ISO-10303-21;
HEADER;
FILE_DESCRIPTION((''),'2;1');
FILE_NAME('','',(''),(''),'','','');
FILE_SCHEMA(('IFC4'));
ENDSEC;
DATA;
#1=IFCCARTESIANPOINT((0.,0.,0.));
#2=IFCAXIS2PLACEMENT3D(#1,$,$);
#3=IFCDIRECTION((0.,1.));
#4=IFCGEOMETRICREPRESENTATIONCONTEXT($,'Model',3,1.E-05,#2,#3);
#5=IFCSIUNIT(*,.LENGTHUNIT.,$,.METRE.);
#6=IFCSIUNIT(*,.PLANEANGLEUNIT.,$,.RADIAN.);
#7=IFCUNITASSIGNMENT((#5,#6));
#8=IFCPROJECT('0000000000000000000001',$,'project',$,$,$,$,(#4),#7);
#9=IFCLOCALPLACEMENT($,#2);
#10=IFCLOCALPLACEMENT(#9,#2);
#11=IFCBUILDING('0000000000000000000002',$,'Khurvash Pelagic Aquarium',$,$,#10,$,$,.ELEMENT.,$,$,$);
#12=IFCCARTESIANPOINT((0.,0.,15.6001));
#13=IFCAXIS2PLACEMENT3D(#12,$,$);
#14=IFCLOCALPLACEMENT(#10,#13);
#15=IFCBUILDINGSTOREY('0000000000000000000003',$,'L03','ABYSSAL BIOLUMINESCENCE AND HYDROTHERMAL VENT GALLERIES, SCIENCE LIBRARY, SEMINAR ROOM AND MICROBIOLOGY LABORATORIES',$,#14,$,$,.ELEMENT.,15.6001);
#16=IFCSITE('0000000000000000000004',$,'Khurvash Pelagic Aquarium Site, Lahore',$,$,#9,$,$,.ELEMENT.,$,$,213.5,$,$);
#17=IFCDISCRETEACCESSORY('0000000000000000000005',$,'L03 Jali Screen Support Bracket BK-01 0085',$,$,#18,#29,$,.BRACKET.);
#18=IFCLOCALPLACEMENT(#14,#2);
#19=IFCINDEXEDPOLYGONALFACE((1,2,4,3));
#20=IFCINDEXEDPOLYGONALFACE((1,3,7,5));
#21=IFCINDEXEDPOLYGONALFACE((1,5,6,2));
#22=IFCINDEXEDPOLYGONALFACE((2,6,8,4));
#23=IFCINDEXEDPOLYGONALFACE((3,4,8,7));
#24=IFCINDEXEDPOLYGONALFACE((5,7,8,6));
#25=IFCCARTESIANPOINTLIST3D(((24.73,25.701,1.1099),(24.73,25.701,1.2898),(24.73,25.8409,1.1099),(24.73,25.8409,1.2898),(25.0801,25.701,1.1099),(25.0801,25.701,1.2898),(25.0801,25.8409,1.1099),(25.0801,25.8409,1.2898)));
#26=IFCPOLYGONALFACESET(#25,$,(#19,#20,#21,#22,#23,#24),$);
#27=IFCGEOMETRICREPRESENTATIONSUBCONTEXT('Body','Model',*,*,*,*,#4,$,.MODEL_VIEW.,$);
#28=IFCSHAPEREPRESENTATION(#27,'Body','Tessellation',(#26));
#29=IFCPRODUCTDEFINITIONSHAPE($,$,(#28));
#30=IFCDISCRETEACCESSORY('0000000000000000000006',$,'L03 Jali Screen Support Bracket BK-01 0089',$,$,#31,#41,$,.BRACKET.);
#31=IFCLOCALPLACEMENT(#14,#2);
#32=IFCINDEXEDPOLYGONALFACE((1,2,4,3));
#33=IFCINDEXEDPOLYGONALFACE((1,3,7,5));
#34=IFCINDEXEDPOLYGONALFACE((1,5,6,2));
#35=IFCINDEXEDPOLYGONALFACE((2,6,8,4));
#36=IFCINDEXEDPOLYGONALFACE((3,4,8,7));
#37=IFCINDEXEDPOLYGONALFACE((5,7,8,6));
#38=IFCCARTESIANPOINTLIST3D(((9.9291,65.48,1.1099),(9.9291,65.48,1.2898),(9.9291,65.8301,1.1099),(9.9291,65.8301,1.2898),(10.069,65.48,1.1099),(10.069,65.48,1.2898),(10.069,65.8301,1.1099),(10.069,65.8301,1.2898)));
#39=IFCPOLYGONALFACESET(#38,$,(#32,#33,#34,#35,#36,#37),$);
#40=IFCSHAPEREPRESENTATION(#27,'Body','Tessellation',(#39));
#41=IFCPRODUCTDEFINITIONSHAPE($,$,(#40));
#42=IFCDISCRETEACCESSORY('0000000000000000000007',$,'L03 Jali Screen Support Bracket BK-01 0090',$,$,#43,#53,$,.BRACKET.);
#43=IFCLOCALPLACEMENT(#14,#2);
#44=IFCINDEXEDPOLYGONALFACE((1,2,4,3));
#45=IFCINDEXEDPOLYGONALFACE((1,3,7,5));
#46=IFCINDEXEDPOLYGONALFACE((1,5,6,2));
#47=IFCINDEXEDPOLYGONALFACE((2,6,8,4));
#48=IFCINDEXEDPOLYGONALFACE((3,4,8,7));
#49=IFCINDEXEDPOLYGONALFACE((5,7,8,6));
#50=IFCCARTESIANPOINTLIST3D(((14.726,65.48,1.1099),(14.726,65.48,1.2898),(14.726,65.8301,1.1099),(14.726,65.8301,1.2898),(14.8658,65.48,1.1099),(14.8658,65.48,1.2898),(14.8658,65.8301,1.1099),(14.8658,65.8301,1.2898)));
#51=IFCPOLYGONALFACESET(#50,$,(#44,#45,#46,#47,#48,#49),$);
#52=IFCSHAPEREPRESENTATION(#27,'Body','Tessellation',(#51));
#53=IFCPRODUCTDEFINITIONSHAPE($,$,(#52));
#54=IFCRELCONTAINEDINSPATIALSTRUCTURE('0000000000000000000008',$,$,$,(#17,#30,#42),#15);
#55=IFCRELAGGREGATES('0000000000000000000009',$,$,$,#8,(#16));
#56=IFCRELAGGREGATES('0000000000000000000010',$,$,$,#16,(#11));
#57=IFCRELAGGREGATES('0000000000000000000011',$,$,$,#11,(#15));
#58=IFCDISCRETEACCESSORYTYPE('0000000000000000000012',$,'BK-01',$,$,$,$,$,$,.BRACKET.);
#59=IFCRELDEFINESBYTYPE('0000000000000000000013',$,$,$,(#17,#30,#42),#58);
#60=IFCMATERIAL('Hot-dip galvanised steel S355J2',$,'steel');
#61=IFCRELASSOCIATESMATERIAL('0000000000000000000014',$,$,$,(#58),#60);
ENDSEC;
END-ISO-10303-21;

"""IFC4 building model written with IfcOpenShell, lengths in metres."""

from ifc_helpers import new_model, si_unit, direction, frame, origin, origin_2d, place, context, subcontext, project, spatial, rectangle, extrude, material, type_object, element, save


model = new_model("IFC4")

# Units and contexts
model_context = context("Model", 3, precision=1e-05, world=origin(), true_north=direction((0.0, 1.0)))
body_context = subcontext(model_context, "Body", "Model", "MODEL_VIEW")
ifc_project = project(units=[si_unit("LENGTHUNIT", "METRE"), si_unit("PLANEANGLEUNIT", "RADIAN")], contexts=[model_context])

# Site, building, storey
site_placement = place(None, origin())
site = spatial("IfcSite", under=ifc_project, at=site_placement, Name="Khurvash Pelagic Aquarium Site, Lahore", CompositionType="ELEMENT", RefElevation=213.5)
building_placement = place(site_placement, origin())
building = spatial("IfcBuilding", under=site, at=building_placement, Name="Khurvash Pelagic Aquarium", CompositionType="ELEMENT")
storey_placement = place(building_placement, frame((0.0, 0.0, 15.6001)))
storey = spatial("IfcBuildingStorey", under=building, at=storey_placement, Name="L03", Description="ABYSSAL BIOLUMINESCENCE AND HYDROTHERMAL VENT GALLERIES, SCIENCE LIBRARY, SEMINAR ROOM AND MICROBIOLOGY LABORATORIES", CompositionType="ELEMENT", Elevation=15.6001)

# Discrete accessories
ifc_material_1 = material(Name="Hot-dip galvanised steel S355J2", Category="steel")
discrete_accessory_type = type_object("IfcDiscreteAccessoryType", Name="BK-01", PredefinedType="BRACKET", material=ifc_material_1)
for number, where, z_axis, x_axis, name in (
    (1, (24.905, 25.771, 1.1099), (0.0, 0.0, 1.0), (0.0, -1.0, 0.0), "L03 Jali Screen Support Bracket BK-01 0085"),
    (2, (9.999, 65.655, 1.1099), (0.0, 0.0, 1.0), (1.0, 0.0, 0.0), "L03 Jali Screen Support Bracket BK-01 0089"),
    (3, (14.7959, 65.655, 1.1099), (0.0, 0.0, 1.0), (1.0, 0.0, 0.0), "L03 Jali Screen Support Bracket BK-01 0090"),
):
    element("IfcDiscreteAccessory", number, at=place(storey_placement, frame(where, z_axis=z_axis, x_axis=x_axis)), inside=storey, type_object=discrete_accessory_type, Name=name, PredefinedType="BRACKET", context=body_context, shape_type="SweptSolid", body=[
        extrude(rectangle(XDim=0.1399, YDim=0.3501, at=origin_2d()), origin(), (0.0, 0.0, 1.0), 0.1799),
    ])

save(model, "model.ifc")
